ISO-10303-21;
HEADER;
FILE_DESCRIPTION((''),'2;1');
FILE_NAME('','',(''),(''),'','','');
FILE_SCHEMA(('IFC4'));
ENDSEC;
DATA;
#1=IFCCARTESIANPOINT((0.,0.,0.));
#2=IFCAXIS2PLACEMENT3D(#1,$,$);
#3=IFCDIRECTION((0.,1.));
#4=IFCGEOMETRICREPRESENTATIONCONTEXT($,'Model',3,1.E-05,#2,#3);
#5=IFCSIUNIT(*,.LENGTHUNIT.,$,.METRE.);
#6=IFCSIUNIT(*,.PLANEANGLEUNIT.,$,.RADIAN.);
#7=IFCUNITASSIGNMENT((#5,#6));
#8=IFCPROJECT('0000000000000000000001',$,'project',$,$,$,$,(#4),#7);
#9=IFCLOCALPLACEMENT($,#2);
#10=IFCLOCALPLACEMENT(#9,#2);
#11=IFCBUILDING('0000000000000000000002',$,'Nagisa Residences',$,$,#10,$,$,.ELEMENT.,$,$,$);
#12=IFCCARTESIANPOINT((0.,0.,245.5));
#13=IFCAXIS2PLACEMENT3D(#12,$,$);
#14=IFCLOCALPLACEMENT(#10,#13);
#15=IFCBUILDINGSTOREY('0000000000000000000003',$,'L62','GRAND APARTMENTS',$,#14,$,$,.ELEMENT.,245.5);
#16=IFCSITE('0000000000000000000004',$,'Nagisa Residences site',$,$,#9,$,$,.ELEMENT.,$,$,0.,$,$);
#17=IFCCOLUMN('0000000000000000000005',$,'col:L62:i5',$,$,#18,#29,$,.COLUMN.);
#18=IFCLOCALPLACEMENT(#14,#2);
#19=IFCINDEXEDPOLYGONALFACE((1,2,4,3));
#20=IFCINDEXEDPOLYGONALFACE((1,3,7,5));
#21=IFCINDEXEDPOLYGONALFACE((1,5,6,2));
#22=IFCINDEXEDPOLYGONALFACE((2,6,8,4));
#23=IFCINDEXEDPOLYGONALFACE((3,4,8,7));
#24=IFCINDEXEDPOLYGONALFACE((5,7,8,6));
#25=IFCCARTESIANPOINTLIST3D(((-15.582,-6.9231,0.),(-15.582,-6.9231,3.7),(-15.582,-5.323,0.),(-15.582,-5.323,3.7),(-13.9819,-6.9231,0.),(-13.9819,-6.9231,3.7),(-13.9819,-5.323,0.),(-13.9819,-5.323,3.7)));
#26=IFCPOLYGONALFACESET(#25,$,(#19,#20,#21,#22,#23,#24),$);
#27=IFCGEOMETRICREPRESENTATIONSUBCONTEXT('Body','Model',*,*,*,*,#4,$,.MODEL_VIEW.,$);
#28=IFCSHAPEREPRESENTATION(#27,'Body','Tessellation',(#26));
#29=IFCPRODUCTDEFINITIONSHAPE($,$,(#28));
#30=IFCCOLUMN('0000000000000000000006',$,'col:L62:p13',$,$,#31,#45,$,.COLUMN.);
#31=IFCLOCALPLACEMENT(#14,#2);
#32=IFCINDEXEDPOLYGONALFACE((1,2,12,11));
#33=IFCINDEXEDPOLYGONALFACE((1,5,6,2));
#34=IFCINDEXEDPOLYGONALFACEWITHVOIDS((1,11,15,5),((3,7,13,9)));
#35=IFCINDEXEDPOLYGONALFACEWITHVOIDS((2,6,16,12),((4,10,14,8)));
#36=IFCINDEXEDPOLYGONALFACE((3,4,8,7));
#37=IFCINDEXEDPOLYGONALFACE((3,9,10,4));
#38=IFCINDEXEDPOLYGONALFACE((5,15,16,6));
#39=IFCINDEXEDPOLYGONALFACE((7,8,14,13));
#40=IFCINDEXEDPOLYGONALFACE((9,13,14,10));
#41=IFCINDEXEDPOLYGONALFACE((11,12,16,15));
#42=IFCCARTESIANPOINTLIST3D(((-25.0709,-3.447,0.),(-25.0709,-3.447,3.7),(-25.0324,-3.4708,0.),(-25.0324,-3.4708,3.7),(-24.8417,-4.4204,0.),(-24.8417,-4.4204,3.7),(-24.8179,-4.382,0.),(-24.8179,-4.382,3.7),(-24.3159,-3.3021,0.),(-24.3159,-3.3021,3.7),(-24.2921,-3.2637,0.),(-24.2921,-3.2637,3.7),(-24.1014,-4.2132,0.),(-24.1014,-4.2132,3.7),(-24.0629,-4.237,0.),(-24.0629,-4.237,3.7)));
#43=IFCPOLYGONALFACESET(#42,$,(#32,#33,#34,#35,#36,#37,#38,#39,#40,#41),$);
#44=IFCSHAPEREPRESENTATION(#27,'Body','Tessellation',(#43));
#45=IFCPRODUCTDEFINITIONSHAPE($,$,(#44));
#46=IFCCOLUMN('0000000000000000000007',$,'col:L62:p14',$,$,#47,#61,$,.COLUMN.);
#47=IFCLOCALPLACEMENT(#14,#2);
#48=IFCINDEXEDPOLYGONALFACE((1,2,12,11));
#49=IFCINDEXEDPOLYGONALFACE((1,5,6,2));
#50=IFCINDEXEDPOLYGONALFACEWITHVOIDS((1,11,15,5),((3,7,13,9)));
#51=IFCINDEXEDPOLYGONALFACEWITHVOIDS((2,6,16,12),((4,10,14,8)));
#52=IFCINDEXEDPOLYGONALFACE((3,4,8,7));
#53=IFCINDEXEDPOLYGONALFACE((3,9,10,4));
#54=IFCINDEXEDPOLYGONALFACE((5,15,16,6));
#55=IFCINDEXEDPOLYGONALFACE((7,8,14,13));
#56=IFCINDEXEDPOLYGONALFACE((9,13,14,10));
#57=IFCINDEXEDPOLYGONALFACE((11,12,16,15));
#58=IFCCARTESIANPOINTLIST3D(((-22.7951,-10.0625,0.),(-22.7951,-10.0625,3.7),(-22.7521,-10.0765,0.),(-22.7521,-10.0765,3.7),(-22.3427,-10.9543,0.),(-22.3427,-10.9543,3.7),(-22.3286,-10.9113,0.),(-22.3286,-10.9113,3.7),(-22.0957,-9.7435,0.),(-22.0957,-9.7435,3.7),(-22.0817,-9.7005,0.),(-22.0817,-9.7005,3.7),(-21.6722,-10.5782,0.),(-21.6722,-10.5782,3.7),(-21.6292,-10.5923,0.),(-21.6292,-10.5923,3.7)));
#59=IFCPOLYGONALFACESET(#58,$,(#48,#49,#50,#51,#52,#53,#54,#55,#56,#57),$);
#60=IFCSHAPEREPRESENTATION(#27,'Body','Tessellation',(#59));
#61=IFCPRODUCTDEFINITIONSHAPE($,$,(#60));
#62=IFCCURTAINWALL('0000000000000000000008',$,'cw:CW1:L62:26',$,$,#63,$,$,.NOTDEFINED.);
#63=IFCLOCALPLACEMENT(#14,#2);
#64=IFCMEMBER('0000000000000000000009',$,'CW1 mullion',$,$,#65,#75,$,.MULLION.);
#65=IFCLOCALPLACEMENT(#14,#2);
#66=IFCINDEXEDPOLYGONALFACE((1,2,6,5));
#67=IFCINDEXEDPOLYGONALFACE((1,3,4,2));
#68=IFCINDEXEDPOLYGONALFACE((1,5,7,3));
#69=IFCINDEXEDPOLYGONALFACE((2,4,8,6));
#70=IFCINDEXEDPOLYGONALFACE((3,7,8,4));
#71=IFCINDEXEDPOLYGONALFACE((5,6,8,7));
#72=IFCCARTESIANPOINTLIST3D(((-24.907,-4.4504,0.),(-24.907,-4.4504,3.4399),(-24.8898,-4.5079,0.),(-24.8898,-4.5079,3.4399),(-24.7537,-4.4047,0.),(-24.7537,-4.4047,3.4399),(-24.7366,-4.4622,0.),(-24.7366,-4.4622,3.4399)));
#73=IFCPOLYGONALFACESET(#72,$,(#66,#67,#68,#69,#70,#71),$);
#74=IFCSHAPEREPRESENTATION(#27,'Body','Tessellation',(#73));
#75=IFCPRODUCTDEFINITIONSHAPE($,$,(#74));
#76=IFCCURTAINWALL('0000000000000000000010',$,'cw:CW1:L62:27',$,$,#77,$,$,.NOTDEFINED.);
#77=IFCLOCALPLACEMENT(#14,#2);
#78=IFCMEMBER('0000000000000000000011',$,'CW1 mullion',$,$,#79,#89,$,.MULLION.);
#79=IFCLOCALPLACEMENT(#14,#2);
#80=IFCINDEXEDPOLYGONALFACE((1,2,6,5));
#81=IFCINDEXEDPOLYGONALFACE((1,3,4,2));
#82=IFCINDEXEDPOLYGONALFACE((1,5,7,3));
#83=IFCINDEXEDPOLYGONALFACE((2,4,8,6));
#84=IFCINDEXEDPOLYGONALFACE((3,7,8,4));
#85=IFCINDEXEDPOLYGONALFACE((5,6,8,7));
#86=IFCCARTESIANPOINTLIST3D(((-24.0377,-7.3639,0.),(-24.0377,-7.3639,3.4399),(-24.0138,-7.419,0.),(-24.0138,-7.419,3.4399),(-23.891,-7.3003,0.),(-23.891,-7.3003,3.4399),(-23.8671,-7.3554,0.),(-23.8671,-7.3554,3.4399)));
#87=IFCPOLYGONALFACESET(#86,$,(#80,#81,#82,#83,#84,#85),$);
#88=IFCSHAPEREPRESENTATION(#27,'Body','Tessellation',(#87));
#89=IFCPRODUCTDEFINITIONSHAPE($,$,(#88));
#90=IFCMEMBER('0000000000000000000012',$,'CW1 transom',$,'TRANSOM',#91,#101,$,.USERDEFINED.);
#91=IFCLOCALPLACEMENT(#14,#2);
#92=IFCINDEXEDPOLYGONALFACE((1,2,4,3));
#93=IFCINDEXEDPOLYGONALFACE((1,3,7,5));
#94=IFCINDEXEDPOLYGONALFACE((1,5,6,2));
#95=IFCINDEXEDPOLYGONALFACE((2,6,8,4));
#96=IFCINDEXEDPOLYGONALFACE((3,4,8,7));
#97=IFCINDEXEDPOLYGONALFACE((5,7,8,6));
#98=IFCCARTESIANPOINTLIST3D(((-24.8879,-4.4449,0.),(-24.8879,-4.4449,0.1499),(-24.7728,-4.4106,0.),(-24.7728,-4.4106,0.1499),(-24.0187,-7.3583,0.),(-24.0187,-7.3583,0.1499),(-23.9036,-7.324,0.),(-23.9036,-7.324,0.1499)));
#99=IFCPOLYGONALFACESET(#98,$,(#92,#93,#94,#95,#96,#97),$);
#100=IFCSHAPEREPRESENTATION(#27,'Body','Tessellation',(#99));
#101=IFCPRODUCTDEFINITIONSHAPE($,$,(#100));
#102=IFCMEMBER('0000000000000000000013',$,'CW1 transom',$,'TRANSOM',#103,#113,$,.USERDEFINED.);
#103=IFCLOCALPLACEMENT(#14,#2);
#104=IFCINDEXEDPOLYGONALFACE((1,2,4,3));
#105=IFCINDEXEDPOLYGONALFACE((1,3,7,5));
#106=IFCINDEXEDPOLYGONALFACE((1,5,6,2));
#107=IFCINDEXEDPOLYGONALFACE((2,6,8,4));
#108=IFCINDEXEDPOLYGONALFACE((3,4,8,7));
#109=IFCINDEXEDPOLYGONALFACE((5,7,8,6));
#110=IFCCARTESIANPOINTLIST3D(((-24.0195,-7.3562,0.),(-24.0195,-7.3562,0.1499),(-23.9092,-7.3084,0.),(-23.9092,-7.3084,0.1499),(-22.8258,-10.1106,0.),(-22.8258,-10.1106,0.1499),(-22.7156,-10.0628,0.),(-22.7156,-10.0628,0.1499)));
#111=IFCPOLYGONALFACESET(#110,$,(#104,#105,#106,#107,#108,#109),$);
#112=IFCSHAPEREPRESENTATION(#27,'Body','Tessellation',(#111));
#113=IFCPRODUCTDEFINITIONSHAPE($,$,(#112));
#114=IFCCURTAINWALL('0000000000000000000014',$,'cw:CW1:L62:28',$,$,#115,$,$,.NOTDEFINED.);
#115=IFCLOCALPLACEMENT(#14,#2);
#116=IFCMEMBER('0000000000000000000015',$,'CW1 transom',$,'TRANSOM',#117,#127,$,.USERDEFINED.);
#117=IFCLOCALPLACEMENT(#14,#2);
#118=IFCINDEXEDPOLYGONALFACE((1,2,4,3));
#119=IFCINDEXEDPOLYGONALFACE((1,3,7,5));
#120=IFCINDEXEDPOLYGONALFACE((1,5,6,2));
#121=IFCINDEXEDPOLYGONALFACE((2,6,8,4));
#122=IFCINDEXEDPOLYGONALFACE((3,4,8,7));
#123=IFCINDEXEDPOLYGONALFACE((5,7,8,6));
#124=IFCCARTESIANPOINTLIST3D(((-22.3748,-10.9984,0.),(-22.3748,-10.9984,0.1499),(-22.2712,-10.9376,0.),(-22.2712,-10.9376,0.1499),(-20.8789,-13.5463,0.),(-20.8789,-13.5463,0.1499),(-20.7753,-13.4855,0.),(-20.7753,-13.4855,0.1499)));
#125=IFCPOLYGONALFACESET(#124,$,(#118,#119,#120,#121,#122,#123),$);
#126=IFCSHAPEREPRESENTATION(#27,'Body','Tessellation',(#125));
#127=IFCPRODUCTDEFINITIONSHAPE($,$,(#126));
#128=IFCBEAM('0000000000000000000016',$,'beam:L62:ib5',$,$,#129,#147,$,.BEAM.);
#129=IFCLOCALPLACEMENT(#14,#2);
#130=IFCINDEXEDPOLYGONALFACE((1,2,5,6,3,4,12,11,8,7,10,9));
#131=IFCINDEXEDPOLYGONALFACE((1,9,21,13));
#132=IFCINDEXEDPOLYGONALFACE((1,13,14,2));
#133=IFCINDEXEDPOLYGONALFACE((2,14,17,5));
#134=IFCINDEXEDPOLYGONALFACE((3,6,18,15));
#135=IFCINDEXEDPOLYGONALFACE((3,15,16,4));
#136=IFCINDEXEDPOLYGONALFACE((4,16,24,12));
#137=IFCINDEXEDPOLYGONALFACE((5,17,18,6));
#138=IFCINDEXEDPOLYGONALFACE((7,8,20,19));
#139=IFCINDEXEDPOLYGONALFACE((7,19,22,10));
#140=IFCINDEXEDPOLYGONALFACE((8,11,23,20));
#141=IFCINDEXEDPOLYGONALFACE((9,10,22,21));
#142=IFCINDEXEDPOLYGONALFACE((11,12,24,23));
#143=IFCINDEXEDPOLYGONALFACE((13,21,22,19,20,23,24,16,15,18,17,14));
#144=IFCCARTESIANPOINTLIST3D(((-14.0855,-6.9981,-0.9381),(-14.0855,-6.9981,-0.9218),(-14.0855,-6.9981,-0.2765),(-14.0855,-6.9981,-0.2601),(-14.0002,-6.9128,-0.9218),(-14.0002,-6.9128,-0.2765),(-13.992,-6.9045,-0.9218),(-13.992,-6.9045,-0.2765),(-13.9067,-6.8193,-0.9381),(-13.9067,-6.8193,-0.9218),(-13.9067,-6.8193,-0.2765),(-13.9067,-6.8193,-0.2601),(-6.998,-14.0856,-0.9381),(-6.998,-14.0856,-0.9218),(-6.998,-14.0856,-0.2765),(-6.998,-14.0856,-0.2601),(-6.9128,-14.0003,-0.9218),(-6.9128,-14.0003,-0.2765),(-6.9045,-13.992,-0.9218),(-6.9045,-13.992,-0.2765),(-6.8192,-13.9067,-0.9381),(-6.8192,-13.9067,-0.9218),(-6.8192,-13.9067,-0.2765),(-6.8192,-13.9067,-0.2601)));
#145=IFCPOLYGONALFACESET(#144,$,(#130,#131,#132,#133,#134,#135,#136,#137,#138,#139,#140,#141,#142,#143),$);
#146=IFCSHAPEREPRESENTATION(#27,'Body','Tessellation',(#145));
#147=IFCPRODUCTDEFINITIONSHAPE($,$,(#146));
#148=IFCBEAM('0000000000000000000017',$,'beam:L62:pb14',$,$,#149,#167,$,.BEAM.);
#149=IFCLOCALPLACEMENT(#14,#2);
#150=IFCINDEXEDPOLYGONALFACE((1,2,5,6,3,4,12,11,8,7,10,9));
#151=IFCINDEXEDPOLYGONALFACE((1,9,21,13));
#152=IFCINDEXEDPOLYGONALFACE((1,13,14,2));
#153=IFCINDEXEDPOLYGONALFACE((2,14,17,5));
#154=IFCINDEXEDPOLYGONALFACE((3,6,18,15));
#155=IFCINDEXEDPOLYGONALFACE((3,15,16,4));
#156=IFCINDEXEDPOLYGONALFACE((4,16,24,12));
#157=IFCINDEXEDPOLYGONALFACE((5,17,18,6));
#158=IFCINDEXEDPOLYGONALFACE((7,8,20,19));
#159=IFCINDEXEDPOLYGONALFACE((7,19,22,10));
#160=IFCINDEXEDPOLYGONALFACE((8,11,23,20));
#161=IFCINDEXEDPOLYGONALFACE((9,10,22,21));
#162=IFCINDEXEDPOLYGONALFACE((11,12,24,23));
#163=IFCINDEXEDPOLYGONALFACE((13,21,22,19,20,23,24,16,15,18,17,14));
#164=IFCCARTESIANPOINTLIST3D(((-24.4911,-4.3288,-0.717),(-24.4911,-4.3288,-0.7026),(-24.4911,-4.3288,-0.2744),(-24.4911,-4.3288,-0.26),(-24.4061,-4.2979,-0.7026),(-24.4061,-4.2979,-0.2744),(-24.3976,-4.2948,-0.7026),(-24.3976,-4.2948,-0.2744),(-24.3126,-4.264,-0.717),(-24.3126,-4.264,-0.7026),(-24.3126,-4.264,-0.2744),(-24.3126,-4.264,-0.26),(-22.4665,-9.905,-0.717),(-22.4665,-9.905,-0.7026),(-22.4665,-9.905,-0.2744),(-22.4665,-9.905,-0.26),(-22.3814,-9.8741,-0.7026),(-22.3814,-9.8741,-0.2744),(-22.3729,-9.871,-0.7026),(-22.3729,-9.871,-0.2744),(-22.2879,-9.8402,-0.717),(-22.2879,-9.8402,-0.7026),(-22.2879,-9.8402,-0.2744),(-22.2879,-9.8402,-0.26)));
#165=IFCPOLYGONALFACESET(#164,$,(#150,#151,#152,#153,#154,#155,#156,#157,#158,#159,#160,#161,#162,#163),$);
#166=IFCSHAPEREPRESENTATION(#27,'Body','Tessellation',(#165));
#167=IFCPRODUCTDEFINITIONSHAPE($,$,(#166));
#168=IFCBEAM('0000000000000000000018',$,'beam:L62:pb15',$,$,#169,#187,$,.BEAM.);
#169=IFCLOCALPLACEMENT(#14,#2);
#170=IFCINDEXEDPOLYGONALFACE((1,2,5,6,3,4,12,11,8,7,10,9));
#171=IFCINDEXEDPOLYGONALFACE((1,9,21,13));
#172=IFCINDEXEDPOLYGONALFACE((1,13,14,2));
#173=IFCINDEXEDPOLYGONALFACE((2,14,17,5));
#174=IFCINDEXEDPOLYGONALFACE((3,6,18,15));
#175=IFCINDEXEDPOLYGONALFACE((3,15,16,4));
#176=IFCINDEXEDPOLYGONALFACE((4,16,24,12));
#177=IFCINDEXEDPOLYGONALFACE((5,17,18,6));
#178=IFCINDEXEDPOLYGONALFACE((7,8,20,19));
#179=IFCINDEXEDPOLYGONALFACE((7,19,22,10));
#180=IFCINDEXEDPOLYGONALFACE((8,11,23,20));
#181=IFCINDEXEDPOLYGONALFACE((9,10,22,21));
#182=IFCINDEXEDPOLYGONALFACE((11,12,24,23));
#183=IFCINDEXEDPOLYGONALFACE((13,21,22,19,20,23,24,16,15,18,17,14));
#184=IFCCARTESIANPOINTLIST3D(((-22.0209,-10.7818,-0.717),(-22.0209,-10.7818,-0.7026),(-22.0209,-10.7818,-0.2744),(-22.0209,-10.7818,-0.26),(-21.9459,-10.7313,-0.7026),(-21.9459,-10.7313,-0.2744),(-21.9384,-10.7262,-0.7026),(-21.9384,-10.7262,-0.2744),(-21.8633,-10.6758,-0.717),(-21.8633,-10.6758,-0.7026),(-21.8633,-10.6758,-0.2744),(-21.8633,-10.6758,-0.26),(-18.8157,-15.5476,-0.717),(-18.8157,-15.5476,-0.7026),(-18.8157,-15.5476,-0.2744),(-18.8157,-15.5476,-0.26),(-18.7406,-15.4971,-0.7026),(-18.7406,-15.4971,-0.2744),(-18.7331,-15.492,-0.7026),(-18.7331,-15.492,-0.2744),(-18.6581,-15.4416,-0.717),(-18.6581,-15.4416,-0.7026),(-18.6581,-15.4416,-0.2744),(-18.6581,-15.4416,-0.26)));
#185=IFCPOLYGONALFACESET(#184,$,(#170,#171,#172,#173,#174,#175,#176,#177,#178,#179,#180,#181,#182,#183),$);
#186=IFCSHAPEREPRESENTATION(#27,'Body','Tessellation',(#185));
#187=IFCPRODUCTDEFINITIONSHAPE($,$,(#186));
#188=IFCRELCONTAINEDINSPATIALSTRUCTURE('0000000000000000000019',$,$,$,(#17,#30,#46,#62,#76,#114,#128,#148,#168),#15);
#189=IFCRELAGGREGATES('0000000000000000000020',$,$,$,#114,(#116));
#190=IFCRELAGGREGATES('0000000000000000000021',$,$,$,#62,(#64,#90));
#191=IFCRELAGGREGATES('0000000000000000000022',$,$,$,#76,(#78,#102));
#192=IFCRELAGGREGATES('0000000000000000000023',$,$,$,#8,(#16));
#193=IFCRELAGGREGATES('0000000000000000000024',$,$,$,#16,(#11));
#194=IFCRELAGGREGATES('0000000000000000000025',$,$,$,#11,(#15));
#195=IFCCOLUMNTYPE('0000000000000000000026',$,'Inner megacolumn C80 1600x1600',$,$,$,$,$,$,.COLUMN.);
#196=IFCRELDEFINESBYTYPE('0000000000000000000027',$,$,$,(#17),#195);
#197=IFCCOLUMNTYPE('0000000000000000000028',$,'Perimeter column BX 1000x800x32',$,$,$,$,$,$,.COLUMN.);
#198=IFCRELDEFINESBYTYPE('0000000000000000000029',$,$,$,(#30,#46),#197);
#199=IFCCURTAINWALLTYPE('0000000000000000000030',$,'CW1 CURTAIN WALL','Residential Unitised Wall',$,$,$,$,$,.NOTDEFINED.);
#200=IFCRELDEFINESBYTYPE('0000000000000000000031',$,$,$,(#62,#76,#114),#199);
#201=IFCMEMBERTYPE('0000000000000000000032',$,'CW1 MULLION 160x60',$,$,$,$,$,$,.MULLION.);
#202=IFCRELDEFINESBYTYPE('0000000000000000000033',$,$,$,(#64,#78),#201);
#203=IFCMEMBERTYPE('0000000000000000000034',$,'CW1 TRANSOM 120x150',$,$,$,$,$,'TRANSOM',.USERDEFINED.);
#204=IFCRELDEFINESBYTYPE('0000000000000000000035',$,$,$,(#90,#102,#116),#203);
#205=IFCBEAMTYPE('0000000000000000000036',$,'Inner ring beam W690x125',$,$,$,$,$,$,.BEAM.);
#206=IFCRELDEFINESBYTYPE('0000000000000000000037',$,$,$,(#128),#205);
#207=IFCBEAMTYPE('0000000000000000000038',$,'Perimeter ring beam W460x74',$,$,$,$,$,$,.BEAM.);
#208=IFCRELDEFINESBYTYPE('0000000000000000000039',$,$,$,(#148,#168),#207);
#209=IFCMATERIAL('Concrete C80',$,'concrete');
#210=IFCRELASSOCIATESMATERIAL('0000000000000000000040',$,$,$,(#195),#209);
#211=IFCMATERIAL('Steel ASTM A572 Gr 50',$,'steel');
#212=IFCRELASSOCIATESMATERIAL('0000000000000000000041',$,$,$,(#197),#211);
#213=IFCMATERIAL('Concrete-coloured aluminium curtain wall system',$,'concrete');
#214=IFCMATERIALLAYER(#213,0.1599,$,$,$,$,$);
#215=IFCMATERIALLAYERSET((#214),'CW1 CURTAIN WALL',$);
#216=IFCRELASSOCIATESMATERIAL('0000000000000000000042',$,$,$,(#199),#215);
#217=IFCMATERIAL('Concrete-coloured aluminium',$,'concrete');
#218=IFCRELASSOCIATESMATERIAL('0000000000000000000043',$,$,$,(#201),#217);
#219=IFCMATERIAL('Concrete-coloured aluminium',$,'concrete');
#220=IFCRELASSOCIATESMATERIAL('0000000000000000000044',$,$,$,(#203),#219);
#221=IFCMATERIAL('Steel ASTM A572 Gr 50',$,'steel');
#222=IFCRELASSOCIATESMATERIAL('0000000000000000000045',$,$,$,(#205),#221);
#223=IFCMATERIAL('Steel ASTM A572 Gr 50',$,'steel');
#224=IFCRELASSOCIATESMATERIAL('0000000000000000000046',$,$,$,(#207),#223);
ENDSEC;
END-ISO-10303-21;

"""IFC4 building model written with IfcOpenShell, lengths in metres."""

from ifc_helpers import new_model, si_unit, direction, frame, origin, origin_2d, place, context, subcontext, project, spatial, rectangle, hollow_rectangle, i_section, extrude, material, layer, layer_set, material_profile, profile_set, type_object, element, aggregate, save


model = new_model("IFC4")

# Units and contexts
model_context = context("Model", 3, precision=1e-05, world=origin(), true_north=direction((0.0, 1.0)))
body_context = subcontext(model_context, "Body", "Model", "MODEL_VIEW")
ifc_project = project(units=[si_unit("LENGTHUNIT", "METRE"), si_unit("PLANEANGLEUNIT", "RADIAN")], contexts=[model_context])

# Site, building, storey
site_placement = place(None, origin())
site = spatial("IfcSite", under=ifc_project, at=site_placement, Name="Nagisa Residences site", CompositionType="ELEMENT", RefElevation=0.0)
building_placement = place(site_placement, origin())
building = spatial("IfcBuilding", under=site, at=building_placement, Name="Nagisa Residences", CompositionType="ELEMENT")
storey_placement = place(building_placement, frame((0.0, 0.0, 245.5)))
storey = spatial("IfcBuildingStorey", under=building, at=storey_placement, Name="L62", Description="GRAND APARTMENTS", CompositionType="ELEMENT", Elevation=245.5)

# Columns
ifc_material_1 = material(Name="Concrete C80", Category="concrete")
ifc_material_profile_1 = material_profile(ifc_material_1, rectangle(XDim=1.6001, YDim=1.6001, at=origin_2d()), Name="C80 1600x1600")
ifc_profile_set_1 = profile_set([ifc_material_profile_1], Name="Concrete C80")
column_type_1 = type_object("IfcColumnType", Name="Inner megacolumn C80 1600x1600", PredefinedType="COLUMN", material=ifc_profile_set_1)
column_placement = place(storey_placement, frame((-14.782, -6.123, 0.0), z_axis=(0.0, 0.0, 1.0), x_axis=(1.0, 0.0, 0.0)))
element("IfcColumn", 1, at=column_placement, inside=storey, type_object=column_type_1, Name="col:L62:i5", PredefinedType="COLUMN", context=body_context, shape_type="SweptSolid", body=[
    extrude(rectangle(XDim=1.6001, YDim=1.6001, at=origin_2d()), origin(), (0.0, 0.0, 1.0), 3.7),
])
ifc_material_2 = material(Name="Steel ASTM A572 Gr 50", Category="steel")
ifc_material_profile_2 = material_profile(ifc_material_2, hollow_rectangle(XDim=1.0, YDim=0.8, WallThickness=0.032, at=origin_2d()), Name="BX 1000x800x32")
ifc_profile_set_2 = profile_set([ifc_material_profile_2], Name="Steel ASTM A572 Gr 50")
column_type_2 = type_object("IfcColumnType", Name="Perimeter column BX 1000x800x32", PredefinedType="COLUMN", material=ifc_profile_set_2)
for number, where, z_axis, x_axis, name in (
    (2, (-24.5669, -3.842, 0.0), (0.0, 0.0, 1.0), (0.229202, -0.973379, 0.0), "col:L62:p13"),
    (3, (-22.2122, -10.3274, 0.0), (0.0, 0.0, 1.0), (0.452463, -0.891783, 0.0), "col:L62:p14"),
):
    element("IfcColumn", number, at=place(storey_placement, frame(where, z_axis=z_axis, x_axis=x_axis)), inside=storey, type_object=column_type_2, Name=name, PredefinedType="COLUMN", context=body_context, shape_type="SweptSolid", body=[
        extrude(hollow_rectangle(XDim=1.0, YDim=0.8, WallThickness=0.032, at=origin_2d()), origin(), (0.0, 0.0, 1.0), 3.7),
    ])

# Curtain walls, members
ifc_material_3 = material(Name="Concrete-coloured aluminium curtain wall system", Category="concrete")
ifc_layer_1 = layer(ifc_material_3, 0.1599)
ifc_layer_set_1 = layer_set([ifc_layer_1], Name="CW1 CURTAIN WALL")
curtain_wall_type = type_object("IfcCurtainWallType", Name="CW1 CURTAIN WALL", Description="Residential Unitised Wall", PredefinedType="NOTDEFINED", material=ifc_layer_set_1)
curtain_wall_1_placement = place(storey_placement, origin())
curtain_wall_1 = element("IfcCurtainWall", 4, at=curtain_wall_1_placement, inside=storey, type_object=curtain_wall_type, Name="cw:CW1:L62:26", PredefinedType="NOTDEFINED")
ifc_material_4 = material(Name="Concrete-coloured aluminium", Category="concrete")
ifc_material_profile_3 = material_profile(ifc_material_4, rectangle(XDim=0.1599, YDim=0.0601, at=origin_2d()), Name="CW1 MULLION 160x60")
ifc_profile_set_3 = profile_set([ifc_material_profile_3], Name="Concrete-coloured aluminium")
member_type_1 = type_object("IfcMemberType", Name="CW1 MULLION 160x60", PredefinedType="MULLION", material=ifc_profile_set_3)
member_1_placement = place(storey_placement, frame((-24.8218, -4.4563, 0.0), z_axis=(0.0, 0.0, 1.0), x_axis=(0.958271, 0.28586, 0.0)))
member_1 = element("IfcMember", 5, at=member_1_placement, type_object=member_type_1, Name="CW1 mullion", PredefinedType="MULLION", context=body_context, shape_type="SweptSolid", body=[
    extrude(rectangle(XDim=0.1599, YDim=0.0601, at=origin_2d()), origin(), (0.0, 0.0, 1.0), 3.4399),
])
curtain_wall_2_placement = place(storey_placement, origin())
curtain_wall_2 = element("IfcCurtainWall", 6, at=curtain_wall_2_placement, inside=storey, type_object=curtain_wall_type, Name="cw:CW1:L62:27", PredefinedType="NOTDEFINED")
member_2_placement = place(storey_placement, frame((-23.9524, -7.3596, 0.0), z_axis=(0.0, 0.0, 1.0), x_axis=(0.917543, 0.397636, 0.0)))
member_2 = element("IfcMember", 7, at=member_2_placement, type_object=member_type_1, Name="CW1 mullion", PredefinedType="MULLION", context=body_context, shape_type="SweptSolid", body=[
    extrude(rectangle(XDim=0.1599, YDim=0.0601, at=origin_2d()), origin(), (0.0, 0.0, 1.0), 3.4399),
])

# Members
ifc_material_5 = material(Name="Concrete-coloured aluminium", Category="concrete")
ifc_material_profile_4 = material_profile(ifc_material_5, rectangle(XDim=0.1201, YDim=0.1499, at=origin_2d()), Name="CW1 TRANSOM 120x150")
ifc_profile_set_4 = profile_set([ifc_material_profile_4], Name="Concrete-coloured aluminium")
member_type_2 = type_object("IfcMemberType", Name="CW1 TRANSOM 120x150", ElementType="TRANSOM", PredefinedType="USERDEFINED", material=ifc_profile_set_4)
member_3_placement = place(storey_placement, frame((-24.8303, -4.4277, 0.075), z_axis=(0.285881, -0.958265, 0.0), x_axis=(0.958265, 0.285881, 0.0)))
member_3 = element("IfcMember", 8, at=member_3_placement, type_object=member_type_2, Name="CW1 transom", ObjectType="TRANSOM", PredefinedType="USERDEFINED", context=body_context, shape_type="SweptSolid", body=[
    extrude(rectangle(XDim=0.1201, YDim=0.1499, at=origin_2d()), origin(), (0.0, 0.0, 1.0), 3.0403),
])
member_4_placement = place(storey_placement, frame((-23.9644, -7.3323, 0.075), z_axis=(0.397617, -0.917552, 0.0), x_axis=(0.917552, 0.397617, 0.0)))
member_4 = element("IfcMember", 9, at=member_4_placement, type_object=member_type_2, Name="CW1 transom", ObjectType="TRANSOM", PredefinedType="USERDEFINED", context=body_context, shape_type="SweptSolid", body=[
    extrude(rectangle(XDim=0.1201, YDim=0.1499, at=origin_2d()), origin(), (0.0, 0.0, 1.0), 3.002),
])

# Curtain wall, member
curtain_wall_3_placement = place(storey_placement, origin())
curtain_wall_3 = element("IfcCurtainWall", 10, at=curtain_wall_3_placement, inside=storey, type_object=curtain_wall_type, Name="cw:CW1:L62:28", PredefinedType="NOTDEFINED")
member_5_placement = place(storey_placement, frame((-22.323, -10.968, 0.075), z_axis=(0.506294, -0.862361, 0.0), x_axis=(0.862361, 0.506294, 0.0)))
member_5 = element("IfcMember", 11, at=member_5_placement, type_object=member_type_2, Name="CW1 transom", ObjectType="TRANSOM", PredefinedType="USERDEFINED", context=body_context, shape_type="SweptSolid", body=[
    extrude(rectangle(XDim=0.1201, YDim=0.1499, at=origin_2d()), origin(), (0.0, 0.0, 1.0), 2.9546),
])
aggregate(curtain_wall_3, [member_5])

# Beams
ifc_material_6 = material(Name="Steel ASTM A572 Gr 50", Category="steel")
ifc_material_profile_5 = material_profile(ifc_material_6, i_section(OverallWidth=0.2529, OverallDepth=0.678, WebThickness=0.0117, FlangeThickness=0.0164, at=origin_2d()), Name="W690x125")
ifc_profile_set_5 = profile_set([ifc_material_profile_5], Name="Steel ASTM A572 Gr 50")
beam_type_1 = type_object("IfcBeamType", Name="Inner ring beam W690x125", PredefinedType="BEAM", material=ifc_profile_set_5)
beam_1_placement = place(storey_placement, frame((-13.9961, -6.9087, -0.5991), z_axis=(0.707107, -0.707107, 0.0), x_axis=(0.707107, 0.707107, 0.0)))
element("IfcBeam", 12, at=beam_1_placement, inside=storey, type_object=beam_type_1, Name="beam:L62:ib5", PredefinedType="BEAM", context=body_context, shape_type="SweptSolid", body=[
    extrude(i_section(OverallWidth=0.2529, OverallDepth=0.678, WebThickness=0.0117, FlangeThickness=0.0164, at=origin_2d()), origin(), (0.0, 0.0, 1.0), 10.0232),
])
ifc_material_7 = material(Name="Steel ASTM A572 Gr 50", Category="steel")
ifc_material_profile_6 = material_profile(ifc_material_7, i_section(OverallWidth=0.1899, OverallDepth=0.457, WebThickness=0.009, FlangeThickness=0.0144, at=origin_2d()), Name="W460x74")
ifc_profile_set_6 = profile_set([ifc_material_profile_6], Name="Steel ASTM A572 Gr 50")
beam_type_2 = type_object("IfcBeamType", Name="Perimeter ring beam W460x74", PredefinedType="BEAM", material=ifc_profile_set_6)
beam_2_placement = place(storey_placement, frame((-24.4019, -4.2964, -0.4885), z_axis=(0.34129, -0.939958, 0.0), x_axis=(0.939958, 0.34129, 0.0)))
element("IfcBeam", 13, at=beam_2_placement, inside=storey, type_object=beam_type_2, Name="beam:L62:pb14", PredefinedType="BEAM", context=body_context, shape_type="SweptSolid", body=[
    extrude(i_section(OverallWidth=0.1899, OverallDepth=0.457, WebThickness=0.009, FlangeThickness=0.0144, at=origin_2d()), origin(), (0.0, 0.0, 1.0), 5.9324),
])
beam_3_placement = place(storey_placement, frame((-21.9421, -10.7288, -0.4885), z_axis=(0.55808, -0.829787, 0.0), x_axis=(0.829787, 0.55808, 0.0)))
element("IfcBeam", 14, at=beam_3_placement, inside=storey, type_object=beam_type_2, Name="beam:L62:pb15", PredefinedType="BEAM", context=body_context, shape_type="SweptSolid", body=[
    extrude(i_section(OverallWidth=0.1899, OverallDepth=0.457, WebThickness=0.009, FlangeThickness=0.0144, at=origin_2d()), origin(), (0.0, 0.0, 1.0), 5.7434),
])

aggregate(curtain_wall_1, [member_1, member_3])
aggregate(curtain_wall_2, [member_2, member_4])

save(model, "model.ifc")
